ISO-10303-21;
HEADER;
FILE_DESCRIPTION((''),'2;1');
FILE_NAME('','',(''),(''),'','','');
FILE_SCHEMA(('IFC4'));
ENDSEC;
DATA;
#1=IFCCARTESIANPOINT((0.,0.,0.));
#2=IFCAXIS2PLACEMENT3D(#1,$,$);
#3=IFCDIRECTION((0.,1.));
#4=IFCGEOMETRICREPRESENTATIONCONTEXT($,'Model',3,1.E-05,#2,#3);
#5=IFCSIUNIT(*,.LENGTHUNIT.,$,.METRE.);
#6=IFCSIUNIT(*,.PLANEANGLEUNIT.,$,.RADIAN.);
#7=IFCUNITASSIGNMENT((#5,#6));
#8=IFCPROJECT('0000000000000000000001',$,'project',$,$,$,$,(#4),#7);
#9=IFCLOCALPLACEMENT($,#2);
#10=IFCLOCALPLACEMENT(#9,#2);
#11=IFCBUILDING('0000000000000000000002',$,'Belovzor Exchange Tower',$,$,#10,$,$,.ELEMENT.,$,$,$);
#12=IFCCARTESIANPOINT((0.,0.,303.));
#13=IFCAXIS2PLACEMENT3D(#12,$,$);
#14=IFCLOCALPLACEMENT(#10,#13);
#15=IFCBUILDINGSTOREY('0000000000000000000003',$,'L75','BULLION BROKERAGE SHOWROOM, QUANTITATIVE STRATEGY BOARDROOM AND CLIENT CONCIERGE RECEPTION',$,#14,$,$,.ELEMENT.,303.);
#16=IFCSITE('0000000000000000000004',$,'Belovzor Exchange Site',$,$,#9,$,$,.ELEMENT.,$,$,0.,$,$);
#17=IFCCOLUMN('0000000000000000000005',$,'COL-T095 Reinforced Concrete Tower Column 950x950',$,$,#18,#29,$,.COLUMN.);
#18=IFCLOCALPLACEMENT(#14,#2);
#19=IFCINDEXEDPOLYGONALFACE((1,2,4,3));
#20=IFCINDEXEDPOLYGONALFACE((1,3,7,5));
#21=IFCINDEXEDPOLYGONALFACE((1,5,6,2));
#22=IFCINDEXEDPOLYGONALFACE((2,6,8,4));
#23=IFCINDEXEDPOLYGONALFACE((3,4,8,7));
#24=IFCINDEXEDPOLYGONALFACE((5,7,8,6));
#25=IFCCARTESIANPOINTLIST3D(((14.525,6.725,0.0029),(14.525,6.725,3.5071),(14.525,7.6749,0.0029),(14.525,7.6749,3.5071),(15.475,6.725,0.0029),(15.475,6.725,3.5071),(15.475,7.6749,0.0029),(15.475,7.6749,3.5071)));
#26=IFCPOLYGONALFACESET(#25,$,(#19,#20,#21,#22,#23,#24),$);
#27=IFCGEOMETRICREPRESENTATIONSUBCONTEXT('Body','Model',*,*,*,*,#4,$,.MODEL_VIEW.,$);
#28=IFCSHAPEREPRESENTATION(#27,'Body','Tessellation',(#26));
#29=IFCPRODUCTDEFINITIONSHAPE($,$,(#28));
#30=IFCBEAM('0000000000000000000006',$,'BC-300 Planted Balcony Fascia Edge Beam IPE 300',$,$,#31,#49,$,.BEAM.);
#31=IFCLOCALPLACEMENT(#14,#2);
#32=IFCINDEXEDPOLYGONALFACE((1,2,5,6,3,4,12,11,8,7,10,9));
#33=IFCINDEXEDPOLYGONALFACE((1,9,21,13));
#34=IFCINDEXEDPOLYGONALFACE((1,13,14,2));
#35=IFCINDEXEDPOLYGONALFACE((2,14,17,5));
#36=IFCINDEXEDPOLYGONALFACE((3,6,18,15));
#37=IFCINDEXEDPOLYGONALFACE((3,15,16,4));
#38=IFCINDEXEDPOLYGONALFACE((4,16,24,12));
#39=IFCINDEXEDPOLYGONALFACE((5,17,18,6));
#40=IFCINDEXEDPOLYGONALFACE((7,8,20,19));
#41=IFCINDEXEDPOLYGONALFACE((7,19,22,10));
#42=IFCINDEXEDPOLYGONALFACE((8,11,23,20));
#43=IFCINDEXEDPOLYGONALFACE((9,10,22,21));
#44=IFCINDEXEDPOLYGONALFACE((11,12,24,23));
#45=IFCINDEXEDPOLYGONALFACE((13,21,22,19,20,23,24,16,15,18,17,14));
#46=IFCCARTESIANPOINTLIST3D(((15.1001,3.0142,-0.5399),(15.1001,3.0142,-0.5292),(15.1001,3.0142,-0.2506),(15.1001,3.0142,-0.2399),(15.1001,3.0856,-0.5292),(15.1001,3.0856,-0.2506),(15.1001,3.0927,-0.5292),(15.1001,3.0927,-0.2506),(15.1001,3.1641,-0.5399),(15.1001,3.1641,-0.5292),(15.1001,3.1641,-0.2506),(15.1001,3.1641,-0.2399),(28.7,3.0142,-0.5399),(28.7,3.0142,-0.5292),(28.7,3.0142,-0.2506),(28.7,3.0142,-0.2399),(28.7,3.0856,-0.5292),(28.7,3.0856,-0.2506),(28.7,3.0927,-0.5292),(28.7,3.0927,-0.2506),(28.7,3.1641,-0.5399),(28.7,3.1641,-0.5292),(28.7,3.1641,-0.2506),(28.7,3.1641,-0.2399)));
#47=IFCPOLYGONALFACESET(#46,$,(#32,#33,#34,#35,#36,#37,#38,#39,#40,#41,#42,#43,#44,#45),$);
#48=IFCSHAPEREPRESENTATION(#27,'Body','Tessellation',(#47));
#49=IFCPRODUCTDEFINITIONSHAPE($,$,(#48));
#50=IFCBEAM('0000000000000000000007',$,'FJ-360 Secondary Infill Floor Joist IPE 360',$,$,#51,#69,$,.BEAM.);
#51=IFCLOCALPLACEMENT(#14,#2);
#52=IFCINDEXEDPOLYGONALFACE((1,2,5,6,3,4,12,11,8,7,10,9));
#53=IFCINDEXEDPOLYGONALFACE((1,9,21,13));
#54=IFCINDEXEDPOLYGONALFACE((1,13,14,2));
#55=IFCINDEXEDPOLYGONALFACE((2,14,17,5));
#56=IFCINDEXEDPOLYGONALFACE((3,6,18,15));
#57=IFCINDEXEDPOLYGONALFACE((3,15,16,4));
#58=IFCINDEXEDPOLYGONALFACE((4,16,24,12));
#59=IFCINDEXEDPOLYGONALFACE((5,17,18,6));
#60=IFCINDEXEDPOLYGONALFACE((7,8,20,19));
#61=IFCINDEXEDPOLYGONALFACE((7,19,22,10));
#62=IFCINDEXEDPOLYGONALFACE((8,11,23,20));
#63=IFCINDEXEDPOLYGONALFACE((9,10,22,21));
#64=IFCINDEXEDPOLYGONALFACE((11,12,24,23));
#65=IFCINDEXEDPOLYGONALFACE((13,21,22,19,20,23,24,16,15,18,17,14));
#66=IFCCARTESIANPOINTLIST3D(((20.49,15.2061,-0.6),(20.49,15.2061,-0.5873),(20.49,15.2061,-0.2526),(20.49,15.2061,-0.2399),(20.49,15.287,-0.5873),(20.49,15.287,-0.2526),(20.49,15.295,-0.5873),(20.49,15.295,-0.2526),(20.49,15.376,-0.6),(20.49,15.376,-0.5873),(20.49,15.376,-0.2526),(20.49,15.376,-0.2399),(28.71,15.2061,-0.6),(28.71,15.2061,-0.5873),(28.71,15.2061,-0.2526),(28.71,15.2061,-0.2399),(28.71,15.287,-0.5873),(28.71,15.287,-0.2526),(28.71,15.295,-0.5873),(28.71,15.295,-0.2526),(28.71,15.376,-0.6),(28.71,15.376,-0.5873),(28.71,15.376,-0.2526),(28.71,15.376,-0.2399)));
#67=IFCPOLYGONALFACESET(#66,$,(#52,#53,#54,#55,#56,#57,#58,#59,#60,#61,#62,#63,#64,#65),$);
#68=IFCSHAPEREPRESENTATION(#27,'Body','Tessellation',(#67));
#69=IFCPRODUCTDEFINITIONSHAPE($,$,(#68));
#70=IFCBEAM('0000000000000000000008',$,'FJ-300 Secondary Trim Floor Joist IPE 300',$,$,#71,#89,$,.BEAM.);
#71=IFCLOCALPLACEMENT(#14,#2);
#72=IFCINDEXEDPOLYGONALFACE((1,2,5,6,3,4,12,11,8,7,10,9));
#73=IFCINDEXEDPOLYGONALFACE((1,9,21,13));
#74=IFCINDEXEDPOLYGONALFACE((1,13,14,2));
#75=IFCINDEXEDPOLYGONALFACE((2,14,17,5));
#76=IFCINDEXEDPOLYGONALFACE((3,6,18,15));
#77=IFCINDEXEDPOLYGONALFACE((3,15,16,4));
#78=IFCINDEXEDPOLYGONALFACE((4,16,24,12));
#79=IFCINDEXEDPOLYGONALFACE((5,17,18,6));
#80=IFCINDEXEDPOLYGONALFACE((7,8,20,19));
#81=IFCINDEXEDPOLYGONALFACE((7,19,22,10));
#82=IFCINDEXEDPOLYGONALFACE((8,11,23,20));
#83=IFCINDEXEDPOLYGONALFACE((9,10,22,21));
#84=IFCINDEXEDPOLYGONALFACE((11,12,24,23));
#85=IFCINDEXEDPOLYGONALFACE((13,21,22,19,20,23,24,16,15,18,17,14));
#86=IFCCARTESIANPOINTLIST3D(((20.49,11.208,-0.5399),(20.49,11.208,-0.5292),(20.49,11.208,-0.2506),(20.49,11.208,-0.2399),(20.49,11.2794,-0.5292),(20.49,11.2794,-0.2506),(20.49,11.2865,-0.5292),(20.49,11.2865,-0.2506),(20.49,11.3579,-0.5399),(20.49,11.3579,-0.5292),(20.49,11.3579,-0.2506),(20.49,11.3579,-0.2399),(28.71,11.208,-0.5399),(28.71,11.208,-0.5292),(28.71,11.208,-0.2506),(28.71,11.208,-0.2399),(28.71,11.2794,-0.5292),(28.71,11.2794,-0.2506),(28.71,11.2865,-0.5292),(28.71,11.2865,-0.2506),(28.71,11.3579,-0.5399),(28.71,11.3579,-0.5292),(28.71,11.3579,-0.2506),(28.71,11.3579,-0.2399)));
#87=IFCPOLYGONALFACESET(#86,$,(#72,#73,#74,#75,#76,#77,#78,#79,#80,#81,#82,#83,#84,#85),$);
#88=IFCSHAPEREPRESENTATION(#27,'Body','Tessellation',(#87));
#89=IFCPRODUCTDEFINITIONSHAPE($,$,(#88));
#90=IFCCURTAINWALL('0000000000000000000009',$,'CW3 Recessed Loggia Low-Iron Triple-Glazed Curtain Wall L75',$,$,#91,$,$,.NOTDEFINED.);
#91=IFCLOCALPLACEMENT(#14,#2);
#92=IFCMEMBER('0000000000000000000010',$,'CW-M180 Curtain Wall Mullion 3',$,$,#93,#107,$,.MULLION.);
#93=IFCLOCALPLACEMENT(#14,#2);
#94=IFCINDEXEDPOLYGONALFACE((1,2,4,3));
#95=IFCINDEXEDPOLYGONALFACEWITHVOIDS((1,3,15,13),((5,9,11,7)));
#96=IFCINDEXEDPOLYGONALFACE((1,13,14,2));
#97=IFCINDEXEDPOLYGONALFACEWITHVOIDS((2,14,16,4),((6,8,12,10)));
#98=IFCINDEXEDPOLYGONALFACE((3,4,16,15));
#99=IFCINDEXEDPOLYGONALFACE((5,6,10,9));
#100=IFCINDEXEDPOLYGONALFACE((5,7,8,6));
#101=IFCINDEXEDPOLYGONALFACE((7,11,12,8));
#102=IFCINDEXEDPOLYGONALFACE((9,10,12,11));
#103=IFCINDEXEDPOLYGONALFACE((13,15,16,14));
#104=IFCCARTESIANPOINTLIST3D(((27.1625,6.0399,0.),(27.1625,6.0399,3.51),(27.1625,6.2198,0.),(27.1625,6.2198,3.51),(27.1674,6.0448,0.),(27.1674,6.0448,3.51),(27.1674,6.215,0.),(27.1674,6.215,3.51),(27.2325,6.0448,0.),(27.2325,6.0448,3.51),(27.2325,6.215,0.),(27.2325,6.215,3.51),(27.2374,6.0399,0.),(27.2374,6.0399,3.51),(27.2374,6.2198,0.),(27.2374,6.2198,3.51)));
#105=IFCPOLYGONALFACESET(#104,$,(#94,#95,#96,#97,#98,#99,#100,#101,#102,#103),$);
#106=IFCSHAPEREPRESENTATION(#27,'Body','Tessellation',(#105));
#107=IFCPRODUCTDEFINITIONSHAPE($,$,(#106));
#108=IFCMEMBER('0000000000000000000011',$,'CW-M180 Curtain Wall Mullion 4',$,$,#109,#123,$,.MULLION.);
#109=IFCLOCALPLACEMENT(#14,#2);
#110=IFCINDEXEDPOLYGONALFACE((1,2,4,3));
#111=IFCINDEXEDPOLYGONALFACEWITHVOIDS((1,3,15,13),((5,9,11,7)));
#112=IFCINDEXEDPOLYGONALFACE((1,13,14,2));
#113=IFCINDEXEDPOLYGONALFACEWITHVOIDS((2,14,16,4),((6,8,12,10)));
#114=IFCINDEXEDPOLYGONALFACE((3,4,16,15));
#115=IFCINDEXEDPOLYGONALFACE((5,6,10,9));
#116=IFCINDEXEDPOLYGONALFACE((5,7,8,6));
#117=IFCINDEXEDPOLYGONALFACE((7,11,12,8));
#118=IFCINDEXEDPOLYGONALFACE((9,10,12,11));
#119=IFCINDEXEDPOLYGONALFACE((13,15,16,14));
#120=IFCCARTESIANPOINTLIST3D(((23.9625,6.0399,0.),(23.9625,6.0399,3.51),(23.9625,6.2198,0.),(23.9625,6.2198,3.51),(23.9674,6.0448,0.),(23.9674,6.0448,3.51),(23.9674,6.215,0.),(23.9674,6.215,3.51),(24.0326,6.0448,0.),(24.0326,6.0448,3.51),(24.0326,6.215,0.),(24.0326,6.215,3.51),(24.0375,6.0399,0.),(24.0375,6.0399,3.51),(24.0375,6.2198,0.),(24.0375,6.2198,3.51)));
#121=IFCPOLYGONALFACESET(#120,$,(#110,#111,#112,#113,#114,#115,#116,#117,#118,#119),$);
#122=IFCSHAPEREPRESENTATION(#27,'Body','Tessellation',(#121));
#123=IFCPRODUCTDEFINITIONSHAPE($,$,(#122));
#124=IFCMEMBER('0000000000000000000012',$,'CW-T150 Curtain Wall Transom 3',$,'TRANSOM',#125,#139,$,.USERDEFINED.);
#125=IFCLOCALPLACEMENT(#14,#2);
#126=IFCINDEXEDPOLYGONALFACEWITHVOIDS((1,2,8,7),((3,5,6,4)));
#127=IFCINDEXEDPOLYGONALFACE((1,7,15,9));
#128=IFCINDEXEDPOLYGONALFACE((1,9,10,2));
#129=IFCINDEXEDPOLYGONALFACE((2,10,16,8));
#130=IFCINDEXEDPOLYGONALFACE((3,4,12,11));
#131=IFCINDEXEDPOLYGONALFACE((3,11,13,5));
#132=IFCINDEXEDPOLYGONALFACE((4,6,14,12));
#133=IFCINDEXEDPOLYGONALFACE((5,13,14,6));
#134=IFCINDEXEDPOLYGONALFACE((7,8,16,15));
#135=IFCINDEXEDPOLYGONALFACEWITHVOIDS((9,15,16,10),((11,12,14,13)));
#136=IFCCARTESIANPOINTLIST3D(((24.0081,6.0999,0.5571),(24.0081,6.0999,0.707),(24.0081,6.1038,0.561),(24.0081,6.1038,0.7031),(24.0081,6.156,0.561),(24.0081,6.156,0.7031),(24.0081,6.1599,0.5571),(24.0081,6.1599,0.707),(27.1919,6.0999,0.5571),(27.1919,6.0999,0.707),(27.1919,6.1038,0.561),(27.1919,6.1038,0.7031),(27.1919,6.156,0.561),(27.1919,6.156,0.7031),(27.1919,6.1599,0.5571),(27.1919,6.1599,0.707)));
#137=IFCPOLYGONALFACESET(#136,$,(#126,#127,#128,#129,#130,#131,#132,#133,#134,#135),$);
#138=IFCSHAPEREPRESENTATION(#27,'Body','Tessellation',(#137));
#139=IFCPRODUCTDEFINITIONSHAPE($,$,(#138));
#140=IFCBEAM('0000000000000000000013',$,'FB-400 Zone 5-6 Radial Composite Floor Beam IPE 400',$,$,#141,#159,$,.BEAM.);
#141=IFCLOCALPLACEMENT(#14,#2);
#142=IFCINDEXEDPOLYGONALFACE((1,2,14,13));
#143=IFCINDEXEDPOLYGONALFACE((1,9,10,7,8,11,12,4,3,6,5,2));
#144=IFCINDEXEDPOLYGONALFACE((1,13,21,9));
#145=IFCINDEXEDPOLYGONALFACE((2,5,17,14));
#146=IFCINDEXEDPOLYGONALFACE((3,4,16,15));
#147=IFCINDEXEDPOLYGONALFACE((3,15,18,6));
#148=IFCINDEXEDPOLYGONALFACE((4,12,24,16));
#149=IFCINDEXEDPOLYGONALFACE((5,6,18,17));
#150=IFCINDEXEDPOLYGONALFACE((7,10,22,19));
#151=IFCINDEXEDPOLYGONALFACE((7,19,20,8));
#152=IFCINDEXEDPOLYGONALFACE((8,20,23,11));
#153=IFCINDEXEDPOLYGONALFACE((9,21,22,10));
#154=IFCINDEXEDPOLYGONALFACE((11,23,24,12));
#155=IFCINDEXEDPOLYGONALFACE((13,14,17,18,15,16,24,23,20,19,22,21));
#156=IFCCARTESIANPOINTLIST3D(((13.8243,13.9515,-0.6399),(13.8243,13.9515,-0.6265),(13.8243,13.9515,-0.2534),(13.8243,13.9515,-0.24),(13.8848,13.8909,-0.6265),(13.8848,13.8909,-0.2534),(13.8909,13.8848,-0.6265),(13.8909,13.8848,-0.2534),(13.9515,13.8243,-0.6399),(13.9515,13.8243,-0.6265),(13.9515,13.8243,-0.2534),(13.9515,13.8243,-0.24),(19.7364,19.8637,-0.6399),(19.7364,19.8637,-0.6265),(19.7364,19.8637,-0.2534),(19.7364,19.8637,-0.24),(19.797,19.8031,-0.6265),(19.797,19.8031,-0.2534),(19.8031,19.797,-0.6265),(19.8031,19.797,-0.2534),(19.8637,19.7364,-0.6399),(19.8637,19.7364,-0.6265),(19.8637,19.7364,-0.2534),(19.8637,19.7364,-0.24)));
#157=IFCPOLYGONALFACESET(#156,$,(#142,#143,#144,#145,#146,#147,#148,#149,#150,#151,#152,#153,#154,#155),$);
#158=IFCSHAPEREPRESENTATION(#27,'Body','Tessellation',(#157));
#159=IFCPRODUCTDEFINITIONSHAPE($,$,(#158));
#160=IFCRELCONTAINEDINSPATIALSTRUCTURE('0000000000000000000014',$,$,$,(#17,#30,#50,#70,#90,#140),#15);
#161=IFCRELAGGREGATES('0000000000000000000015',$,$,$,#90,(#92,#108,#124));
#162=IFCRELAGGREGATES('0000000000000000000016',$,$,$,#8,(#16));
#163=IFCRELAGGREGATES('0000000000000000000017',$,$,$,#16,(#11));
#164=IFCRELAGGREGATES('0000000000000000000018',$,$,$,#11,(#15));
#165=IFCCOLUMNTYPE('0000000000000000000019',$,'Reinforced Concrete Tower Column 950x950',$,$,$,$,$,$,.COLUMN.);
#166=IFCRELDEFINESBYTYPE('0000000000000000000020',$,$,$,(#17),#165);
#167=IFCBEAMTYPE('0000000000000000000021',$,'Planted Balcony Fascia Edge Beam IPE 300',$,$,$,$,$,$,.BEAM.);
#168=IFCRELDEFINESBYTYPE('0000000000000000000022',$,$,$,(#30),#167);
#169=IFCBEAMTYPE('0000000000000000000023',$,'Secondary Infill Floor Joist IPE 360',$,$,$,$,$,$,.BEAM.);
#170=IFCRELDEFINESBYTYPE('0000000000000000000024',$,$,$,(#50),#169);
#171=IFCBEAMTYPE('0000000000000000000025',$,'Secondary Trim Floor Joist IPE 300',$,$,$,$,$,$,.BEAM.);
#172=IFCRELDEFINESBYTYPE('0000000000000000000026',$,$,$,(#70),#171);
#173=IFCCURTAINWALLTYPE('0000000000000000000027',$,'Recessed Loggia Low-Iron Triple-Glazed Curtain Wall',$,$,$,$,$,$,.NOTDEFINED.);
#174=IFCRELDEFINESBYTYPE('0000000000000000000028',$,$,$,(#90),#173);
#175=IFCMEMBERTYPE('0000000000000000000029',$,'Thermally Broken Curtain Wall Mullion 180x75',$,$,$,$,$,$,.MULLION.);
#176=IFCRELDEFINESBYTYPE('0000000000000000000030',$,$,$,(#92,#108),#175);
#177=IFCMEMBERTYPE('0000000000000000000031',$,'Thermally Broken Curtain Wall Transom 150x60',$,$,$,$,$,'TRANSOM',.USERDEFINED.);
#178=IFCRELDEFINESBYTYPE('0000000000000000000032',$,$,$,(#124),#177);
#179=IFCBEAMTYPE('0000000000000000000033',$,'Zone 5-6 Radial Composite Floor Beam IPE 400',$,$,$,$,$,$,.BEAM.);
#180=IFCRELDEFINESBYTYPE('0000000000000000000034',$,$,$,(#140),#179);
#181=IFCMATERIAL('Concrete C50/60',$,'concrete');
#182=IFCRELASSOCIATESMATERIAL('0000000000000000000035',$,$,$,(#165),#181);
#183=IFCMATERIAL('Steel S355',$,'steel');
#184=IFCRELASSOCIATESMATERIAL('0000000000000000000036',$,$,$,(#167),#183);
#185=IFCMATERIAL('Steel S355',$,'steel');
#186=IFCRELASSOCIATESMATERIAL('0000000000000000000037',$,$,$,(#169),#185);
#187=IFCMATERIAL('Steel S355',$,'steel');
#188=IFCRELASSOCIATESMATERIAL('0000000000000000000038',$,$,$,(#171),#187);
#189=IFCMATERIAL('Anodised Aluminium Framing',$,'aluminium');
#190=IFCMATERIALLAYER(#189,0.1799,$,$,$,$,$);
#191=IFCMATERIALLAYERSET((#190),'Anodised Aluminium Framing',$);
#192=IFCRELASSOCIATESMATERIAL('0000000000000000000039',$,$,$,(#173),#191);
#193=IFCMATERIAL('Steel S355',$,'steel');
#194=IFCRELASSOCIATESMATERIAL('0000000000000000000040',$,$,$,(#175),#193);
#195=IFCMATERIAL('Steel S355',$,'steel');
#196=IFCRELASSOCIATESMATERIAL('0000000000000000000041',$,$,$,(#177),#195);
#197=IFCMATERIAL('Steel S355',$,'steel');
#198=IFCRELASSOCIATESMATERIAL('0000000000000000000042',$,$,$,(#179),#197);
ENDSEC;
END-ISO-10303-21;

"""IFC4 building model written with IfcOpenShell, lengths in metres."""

from ifc_helpers import new_model, si_unit, direction, frame, origin, origin_2d, place, context, subcontext, project, spatial, rectangle, hollow_rectangle, i_section, extrude, material, layer, layer_set, material_profile, profile_set, type_object, element, aggregate, save


model = new_model("IFC4")

# Units and contexts
model_context = context("Model", 3, precision=1e-05, world=origin(), true_north=direction((0.0, 1.0)))
body_context = subcontext(model_context, "Body", "Model", "MODEL_VIEW")
ifc_project = project(units=[si_unit("LENGTHUNIT", "METRE"), si_unit("PLANEANGLEUNIT", "RADIAN")], contexts=[model_context])

# Site, building, storey
site_placement = place(None, origin())
site = spatial("IfcSite", under=ifc_project, at=site_placement, Name="Belovzor Exchange Site", CompositionType="ELEMENT", RefElevation=0.0)
building_placement = place(site_placement, origin())
building = spatial("IfcBuilding", under=site, at=building_placement, Name="Belovzor Exchange Tower", CompositionType="ELEMENT")
storey_placement = place(building_placement, frame((0.0, 0.0, 303.0)))
storey = spatial("IfcBuildingStorey", under=building, at=storey_placement, Name="L75", Description="BULLION BROKERAGE SHOWROOM, QUANTITATIVE STRATEGY BOARDROOM AND CLIENT CONCIERGE RECEPTION", CompositionType="ELEMENT", Elevation=303.0)

# Column
ifc_material_1 = material(Name="Concrete C50/60", Category="concrete")
ifc_material_profile_1 = material_profile(ifc_material_1, rectangle(XDim=0.95, YDim=0.95, at=origin_2d()))
ifc_profile_set_1 = profile_set([ifc_material_profile_1], Name="Concrete C50/60")
column_type = type_object("IfcColumnType", Name="Reinforced Concrete Tower Column 950x950", PredefinedType="COLUMN", material=ifc_profile_set_1)
column_placement = place(storey_placement, frame((15.0, 7.2, 0.0029), z_axis=(0.0, 0.0, 1.0), x_axis=(1.0, 0.0, 0.0)))
element("IfcColumn", 1, at=column_placement, inside=storey, type_object=column_type, Name="COL-T095 Reinforced Concrete Tower Column 950x950", PredefinedType="COLUMN", context=body_context, shape_type="SweptSolid", body=[
    extrude(rectangle(XDim=0.95, YDim=0.95, at=origin_2d()), origin(), (0.0, 0.0, 1.0), 3.5042),
])

# Beams
ifc_material_2 = material(Name="Steel S355", Category="steel")
ifc_material_profile_2 = material_profile(ifc_material_2, i_section(OverallWidth=0.1499, OverallDepth=0.3, WebThickness=0.0071, FlangeThickness=0.0107, at=origin_2d()))
ifc_profile_set_2 = profile_set([ifc_material_profile_2], Name="Steel S355")
beam_type_1 = type_object("IfcBeamType", Name="Planted Balcony Fascia Edge Beam IPE 300", PredefinedType="BEAM", material=ifc_profile_set_2)
beam_1_placement = place(storey_placement, frame((15.1001, 3.0891, -0.3899), z_axis=(1.0, 0.0, 0.0), x_axis=(0.0, 1.0, 0.0)))
element("IfcBeam", 2, at=beam_1_placement, inside=storey, type_object=beam_type_1, Name="BC-300 Planted Balcony Fascia Edge Beam IPE 300", PredefinedType="BEAM", context=body_context, shape_type="SweptSolid", body=[
    extrude(i_section(OverallWidth=0.1499, OverallDepth=0.3, WebThickness=0.0071, FlangeThickness=0.0107, at=origin_2d()), origin(), (0.0, 0.0, 1.0), 13.5999),
])
ifc_material_3 = material(Name="Steel S355", Category="steel")
ifc_material_profile_3 = material_profile(ifc_material_3, i_section(OverallWidth=0.1699, OverallDepth=0.3601, WebThickness=0.0081, FlangeThickness=0.0127, at=origin_2d()))
ifc_profile_set_3 = profile_set([ifc_material_profile_3], Name="Steel S355")
beam_type_2 = type_object("IfcBeamType", Name="Secondary Infill Floor Joist IPE 360", PredefinedType="BEAM", material=ifc_profile_set_3)
beam_2_placement = place(storey_placement, frame((20.49, 15.291, -0.4199), z_axis=(1.0, 0.0, 0.0), x_axis=(0.0, 1.0, 0.0)))
element("IfcBeam", 3, at=beam_2_placement, inside=storey, type_object=beam_type_2, Name="FJ-360 Secondary Infill Floor Joist IPE 360", PredefinedType="BEAM", context=body_context, shape_type="SweptSolid", body=[
    extrude(i_section(OverallWidth=0.1699, OverallDepth=0.3601, WebThickness=0.0081, FlangeThickness=0.0127, at=origin_2d()), origin(), (0.0, 0.0, 1.0), 8.22),
])
ifc_material_4 = material(Name="Steel S355", Category="steel")
ifc_material_profile_4 = material_profile(ifc_material_4, i_section(OverallWidth=0.1499, OverallDepth=0.3, WebThickness=0.0071, FlangeThickness=0.0107, at=origin_2d()))
ifc_profile_set_4 = profile_set([ifc_material_profile_4], Name="Steel S355")
beam_type_3 = type_object("IfcBeamType", Name="Secondary Trim Floor Joist IPE 300", PredefinedType="BEAM", material=ifc_profile_set_4)
beam_3_placement = place(storey_placement, frame((20.49, 11.283, -0.3899), z_axis=(1.0, 0.0, 0.0), x_axis=(0.0, 1.0, 0.0)))
element("IfcBeam", 4, at=beam_3_placement, inside=storey, type_object=beam_type_3, Name="FJ-300 Secondary Trim Floor Joist IPE 300", PredefinedType="BEAM", context=body_context, shape_type="SweptSolid", body=[
    extrude(i_section(OverallWidth=0.1499, OverallDepth=0.3, WebThickness=0.0071, FlangeThickness=0.0107, at=origin_2d()), origin(), (0.0, 0.0, 1.0), 8.22),
])

# Curtain wall, members
ifc_material_5 = material(Name="Anodised Aluminium Framing", Category="aluminium")
ifc_layer_1 = layer(ifc_material_5, 0.1799)
ifc_layer_set_1 = layer_set([ifc_layer_1], Name="Anodised Aluminium Framing")
curtain_wall_type = type_object("IfcCurtainWallType", Name="Recessed Loggia Low-Iron Triple-Glazed Curtain Wall", PredefinedType="NOTDEFINED", material=ifc_layer_set_1)
curtain_wall_placement = place(storey_placement, origin())
curtain_wall = element("IfcCurtainWall", 5, at=curtain_wall_placement, inside=storey, type_object=curtain_wall_type, Name="CW3 Recessed Loggia Low-Iron Triple-Glazed Curtain Wall L75", PredefinedType="NOTDEFINED")
ifc_material_6 = material(Name="Steel S355", Category="steel")
ifc_material_profile_5 = material_profile(ifc_material_6, hollow_rectangle(XDim=0.075, YDim=0.1799, WallThickness=0.0049, at=origin_2d()))
ifc_profile_set_5 = profile_set([ifc_material_profile_5], Name="Steel S355")
member_type_1 = type_object("IfcMemberType", Name="Thermally Broken Curtain Wall Mullion 180x75", PredefinedType="MULLION", material=ifc_profile_set_5)
member_1_placement = place(storey_placement, frame((27.2, 6.1299, 0.0), z_axis=(0.0, 0.0, 1.0), x_axis=(-1.0, 0.0, 0.0)))
member_1 = element("IfcMember", 6, at=member_1_placement, type_object=member_type_1, Name="CW-M180 Curtain Wall Mullion 3", PredefinedType="MULLION", context=body_context, shape_type="SweptSolid", body=[
    extrude(hollow_rectangle(XDim=0.075, YDim=0.1799, WallThickness=0.0049, at=origin_2d()), origin(), (0.0, 0.0, 1.0), 3.51),
])
member_2_placement = place(storey_placement, frame((24.0, 6.1299, 0.0), z_axis=(0.0, 0.0, 1.0), x_axis=(-1.0, 0.0, 0.0)))
member_2 = element("IfcMember", 7, at=member_2_placement, type_object=member_type_1, Name="CW-M180 Curtain Wall Mullion 4", PredefinedType="MULLION", context=body_context, shape_type="SweptSolid", body=[
    extrude(hollow_rectangle(XDim=0.075, YDim=0.1799, WallThickness=0.0049, at=origin_2d()), origin(), (0.0, 0.0, 1.0), 3.51),
])
ifc_material_7 = material(Name="Steel S355", Category="steel")
ifc_material_profile_6 = material_profile(ifc_material_7, hollow_rectangle(XDim=0.0601, YDim=0.1499, WallThickness=0.0039, at=origin_2d()))
ifc_profile_set_6 = profile_set([ifc_material_profile_6], Name="Steel S355")
member_type_2 = type_object("IfcMemberType", Name="Thermally Broken Curtain Wall Transom 150x60", ElementType="TRANSOM", PredefinedType="USERDEFINED", material=ifc_profile_set_6)
member_3_placement = place(storey_placement, frame((27.1919, 6.1299, 0.6321), z_axis=(-1.0, 0.0, 0.0), x_axis=(0.0, -1.0, 0.0)))
member_3 = element("IfcMember", 8, at=member_3_placement, type_object=member_type_2, Name="CW-T150 Curtain Wall Transom 3", ObjectType="TRANSOM", PredefinedType="USERDEFINED", context=body_context, shape_type="SweptSolid", body=[
    extrude(hollow_rectangle(XDim=0.0601, YDim=0.1499, WallThickness=0.0039, at=origin_2d()), origin(), (0.0, 0.0, 1.0), 3.1838),
])

# Beam
ifc_material_8 = material(Name="Steel S355", Category="steel")
ifc_material_profile_7 = material_profile(ifc_material_8, i_section(OverallWidth=0.1799, OverallDepth=0.3999, WebThickness=0.0085, FlangeThickness=0.0134, at=origin_2d()))
ifc_profile_set_7 = profile_set([ifc_material_profile_7], Name="Steel S355")
beam_type_4 = type_object("IfcBeamType", Name="Zone 5-6 Radial Composite Floor Beam IPE 400", PredefinedType="BEAM", material=ifc_profile_set_7)
beam_4_placement = place(storey_placement, frame((19.8, 19.8, -0.4399), z_axis=(-0.707107, -0.707107, 0.0), x_axis=(0.707107, -0.707107, 0.0)))
element("IfcBeam", 9, at=beam_4_placement, inside=storey, type_object=beam_type_4, Name="FB-400 Zone 5-6 Radial Composite Floor Beam IPE 400", PredefinedType="BEAM", context=body_context, shape_type="SweptSolid", body=[
    extrude(i_section(OverallWidth=0.1799, OverallDepth=0.3999, WebThickness=0.0085, FlangeThickness=0.0134, at=origin_2d()), origin(), (0.0, 0.0, 1.0), 8.3611),
])

aggregate(curtain_wall, [member_1, member_2, member_3])

save(model, "model.ifc")
